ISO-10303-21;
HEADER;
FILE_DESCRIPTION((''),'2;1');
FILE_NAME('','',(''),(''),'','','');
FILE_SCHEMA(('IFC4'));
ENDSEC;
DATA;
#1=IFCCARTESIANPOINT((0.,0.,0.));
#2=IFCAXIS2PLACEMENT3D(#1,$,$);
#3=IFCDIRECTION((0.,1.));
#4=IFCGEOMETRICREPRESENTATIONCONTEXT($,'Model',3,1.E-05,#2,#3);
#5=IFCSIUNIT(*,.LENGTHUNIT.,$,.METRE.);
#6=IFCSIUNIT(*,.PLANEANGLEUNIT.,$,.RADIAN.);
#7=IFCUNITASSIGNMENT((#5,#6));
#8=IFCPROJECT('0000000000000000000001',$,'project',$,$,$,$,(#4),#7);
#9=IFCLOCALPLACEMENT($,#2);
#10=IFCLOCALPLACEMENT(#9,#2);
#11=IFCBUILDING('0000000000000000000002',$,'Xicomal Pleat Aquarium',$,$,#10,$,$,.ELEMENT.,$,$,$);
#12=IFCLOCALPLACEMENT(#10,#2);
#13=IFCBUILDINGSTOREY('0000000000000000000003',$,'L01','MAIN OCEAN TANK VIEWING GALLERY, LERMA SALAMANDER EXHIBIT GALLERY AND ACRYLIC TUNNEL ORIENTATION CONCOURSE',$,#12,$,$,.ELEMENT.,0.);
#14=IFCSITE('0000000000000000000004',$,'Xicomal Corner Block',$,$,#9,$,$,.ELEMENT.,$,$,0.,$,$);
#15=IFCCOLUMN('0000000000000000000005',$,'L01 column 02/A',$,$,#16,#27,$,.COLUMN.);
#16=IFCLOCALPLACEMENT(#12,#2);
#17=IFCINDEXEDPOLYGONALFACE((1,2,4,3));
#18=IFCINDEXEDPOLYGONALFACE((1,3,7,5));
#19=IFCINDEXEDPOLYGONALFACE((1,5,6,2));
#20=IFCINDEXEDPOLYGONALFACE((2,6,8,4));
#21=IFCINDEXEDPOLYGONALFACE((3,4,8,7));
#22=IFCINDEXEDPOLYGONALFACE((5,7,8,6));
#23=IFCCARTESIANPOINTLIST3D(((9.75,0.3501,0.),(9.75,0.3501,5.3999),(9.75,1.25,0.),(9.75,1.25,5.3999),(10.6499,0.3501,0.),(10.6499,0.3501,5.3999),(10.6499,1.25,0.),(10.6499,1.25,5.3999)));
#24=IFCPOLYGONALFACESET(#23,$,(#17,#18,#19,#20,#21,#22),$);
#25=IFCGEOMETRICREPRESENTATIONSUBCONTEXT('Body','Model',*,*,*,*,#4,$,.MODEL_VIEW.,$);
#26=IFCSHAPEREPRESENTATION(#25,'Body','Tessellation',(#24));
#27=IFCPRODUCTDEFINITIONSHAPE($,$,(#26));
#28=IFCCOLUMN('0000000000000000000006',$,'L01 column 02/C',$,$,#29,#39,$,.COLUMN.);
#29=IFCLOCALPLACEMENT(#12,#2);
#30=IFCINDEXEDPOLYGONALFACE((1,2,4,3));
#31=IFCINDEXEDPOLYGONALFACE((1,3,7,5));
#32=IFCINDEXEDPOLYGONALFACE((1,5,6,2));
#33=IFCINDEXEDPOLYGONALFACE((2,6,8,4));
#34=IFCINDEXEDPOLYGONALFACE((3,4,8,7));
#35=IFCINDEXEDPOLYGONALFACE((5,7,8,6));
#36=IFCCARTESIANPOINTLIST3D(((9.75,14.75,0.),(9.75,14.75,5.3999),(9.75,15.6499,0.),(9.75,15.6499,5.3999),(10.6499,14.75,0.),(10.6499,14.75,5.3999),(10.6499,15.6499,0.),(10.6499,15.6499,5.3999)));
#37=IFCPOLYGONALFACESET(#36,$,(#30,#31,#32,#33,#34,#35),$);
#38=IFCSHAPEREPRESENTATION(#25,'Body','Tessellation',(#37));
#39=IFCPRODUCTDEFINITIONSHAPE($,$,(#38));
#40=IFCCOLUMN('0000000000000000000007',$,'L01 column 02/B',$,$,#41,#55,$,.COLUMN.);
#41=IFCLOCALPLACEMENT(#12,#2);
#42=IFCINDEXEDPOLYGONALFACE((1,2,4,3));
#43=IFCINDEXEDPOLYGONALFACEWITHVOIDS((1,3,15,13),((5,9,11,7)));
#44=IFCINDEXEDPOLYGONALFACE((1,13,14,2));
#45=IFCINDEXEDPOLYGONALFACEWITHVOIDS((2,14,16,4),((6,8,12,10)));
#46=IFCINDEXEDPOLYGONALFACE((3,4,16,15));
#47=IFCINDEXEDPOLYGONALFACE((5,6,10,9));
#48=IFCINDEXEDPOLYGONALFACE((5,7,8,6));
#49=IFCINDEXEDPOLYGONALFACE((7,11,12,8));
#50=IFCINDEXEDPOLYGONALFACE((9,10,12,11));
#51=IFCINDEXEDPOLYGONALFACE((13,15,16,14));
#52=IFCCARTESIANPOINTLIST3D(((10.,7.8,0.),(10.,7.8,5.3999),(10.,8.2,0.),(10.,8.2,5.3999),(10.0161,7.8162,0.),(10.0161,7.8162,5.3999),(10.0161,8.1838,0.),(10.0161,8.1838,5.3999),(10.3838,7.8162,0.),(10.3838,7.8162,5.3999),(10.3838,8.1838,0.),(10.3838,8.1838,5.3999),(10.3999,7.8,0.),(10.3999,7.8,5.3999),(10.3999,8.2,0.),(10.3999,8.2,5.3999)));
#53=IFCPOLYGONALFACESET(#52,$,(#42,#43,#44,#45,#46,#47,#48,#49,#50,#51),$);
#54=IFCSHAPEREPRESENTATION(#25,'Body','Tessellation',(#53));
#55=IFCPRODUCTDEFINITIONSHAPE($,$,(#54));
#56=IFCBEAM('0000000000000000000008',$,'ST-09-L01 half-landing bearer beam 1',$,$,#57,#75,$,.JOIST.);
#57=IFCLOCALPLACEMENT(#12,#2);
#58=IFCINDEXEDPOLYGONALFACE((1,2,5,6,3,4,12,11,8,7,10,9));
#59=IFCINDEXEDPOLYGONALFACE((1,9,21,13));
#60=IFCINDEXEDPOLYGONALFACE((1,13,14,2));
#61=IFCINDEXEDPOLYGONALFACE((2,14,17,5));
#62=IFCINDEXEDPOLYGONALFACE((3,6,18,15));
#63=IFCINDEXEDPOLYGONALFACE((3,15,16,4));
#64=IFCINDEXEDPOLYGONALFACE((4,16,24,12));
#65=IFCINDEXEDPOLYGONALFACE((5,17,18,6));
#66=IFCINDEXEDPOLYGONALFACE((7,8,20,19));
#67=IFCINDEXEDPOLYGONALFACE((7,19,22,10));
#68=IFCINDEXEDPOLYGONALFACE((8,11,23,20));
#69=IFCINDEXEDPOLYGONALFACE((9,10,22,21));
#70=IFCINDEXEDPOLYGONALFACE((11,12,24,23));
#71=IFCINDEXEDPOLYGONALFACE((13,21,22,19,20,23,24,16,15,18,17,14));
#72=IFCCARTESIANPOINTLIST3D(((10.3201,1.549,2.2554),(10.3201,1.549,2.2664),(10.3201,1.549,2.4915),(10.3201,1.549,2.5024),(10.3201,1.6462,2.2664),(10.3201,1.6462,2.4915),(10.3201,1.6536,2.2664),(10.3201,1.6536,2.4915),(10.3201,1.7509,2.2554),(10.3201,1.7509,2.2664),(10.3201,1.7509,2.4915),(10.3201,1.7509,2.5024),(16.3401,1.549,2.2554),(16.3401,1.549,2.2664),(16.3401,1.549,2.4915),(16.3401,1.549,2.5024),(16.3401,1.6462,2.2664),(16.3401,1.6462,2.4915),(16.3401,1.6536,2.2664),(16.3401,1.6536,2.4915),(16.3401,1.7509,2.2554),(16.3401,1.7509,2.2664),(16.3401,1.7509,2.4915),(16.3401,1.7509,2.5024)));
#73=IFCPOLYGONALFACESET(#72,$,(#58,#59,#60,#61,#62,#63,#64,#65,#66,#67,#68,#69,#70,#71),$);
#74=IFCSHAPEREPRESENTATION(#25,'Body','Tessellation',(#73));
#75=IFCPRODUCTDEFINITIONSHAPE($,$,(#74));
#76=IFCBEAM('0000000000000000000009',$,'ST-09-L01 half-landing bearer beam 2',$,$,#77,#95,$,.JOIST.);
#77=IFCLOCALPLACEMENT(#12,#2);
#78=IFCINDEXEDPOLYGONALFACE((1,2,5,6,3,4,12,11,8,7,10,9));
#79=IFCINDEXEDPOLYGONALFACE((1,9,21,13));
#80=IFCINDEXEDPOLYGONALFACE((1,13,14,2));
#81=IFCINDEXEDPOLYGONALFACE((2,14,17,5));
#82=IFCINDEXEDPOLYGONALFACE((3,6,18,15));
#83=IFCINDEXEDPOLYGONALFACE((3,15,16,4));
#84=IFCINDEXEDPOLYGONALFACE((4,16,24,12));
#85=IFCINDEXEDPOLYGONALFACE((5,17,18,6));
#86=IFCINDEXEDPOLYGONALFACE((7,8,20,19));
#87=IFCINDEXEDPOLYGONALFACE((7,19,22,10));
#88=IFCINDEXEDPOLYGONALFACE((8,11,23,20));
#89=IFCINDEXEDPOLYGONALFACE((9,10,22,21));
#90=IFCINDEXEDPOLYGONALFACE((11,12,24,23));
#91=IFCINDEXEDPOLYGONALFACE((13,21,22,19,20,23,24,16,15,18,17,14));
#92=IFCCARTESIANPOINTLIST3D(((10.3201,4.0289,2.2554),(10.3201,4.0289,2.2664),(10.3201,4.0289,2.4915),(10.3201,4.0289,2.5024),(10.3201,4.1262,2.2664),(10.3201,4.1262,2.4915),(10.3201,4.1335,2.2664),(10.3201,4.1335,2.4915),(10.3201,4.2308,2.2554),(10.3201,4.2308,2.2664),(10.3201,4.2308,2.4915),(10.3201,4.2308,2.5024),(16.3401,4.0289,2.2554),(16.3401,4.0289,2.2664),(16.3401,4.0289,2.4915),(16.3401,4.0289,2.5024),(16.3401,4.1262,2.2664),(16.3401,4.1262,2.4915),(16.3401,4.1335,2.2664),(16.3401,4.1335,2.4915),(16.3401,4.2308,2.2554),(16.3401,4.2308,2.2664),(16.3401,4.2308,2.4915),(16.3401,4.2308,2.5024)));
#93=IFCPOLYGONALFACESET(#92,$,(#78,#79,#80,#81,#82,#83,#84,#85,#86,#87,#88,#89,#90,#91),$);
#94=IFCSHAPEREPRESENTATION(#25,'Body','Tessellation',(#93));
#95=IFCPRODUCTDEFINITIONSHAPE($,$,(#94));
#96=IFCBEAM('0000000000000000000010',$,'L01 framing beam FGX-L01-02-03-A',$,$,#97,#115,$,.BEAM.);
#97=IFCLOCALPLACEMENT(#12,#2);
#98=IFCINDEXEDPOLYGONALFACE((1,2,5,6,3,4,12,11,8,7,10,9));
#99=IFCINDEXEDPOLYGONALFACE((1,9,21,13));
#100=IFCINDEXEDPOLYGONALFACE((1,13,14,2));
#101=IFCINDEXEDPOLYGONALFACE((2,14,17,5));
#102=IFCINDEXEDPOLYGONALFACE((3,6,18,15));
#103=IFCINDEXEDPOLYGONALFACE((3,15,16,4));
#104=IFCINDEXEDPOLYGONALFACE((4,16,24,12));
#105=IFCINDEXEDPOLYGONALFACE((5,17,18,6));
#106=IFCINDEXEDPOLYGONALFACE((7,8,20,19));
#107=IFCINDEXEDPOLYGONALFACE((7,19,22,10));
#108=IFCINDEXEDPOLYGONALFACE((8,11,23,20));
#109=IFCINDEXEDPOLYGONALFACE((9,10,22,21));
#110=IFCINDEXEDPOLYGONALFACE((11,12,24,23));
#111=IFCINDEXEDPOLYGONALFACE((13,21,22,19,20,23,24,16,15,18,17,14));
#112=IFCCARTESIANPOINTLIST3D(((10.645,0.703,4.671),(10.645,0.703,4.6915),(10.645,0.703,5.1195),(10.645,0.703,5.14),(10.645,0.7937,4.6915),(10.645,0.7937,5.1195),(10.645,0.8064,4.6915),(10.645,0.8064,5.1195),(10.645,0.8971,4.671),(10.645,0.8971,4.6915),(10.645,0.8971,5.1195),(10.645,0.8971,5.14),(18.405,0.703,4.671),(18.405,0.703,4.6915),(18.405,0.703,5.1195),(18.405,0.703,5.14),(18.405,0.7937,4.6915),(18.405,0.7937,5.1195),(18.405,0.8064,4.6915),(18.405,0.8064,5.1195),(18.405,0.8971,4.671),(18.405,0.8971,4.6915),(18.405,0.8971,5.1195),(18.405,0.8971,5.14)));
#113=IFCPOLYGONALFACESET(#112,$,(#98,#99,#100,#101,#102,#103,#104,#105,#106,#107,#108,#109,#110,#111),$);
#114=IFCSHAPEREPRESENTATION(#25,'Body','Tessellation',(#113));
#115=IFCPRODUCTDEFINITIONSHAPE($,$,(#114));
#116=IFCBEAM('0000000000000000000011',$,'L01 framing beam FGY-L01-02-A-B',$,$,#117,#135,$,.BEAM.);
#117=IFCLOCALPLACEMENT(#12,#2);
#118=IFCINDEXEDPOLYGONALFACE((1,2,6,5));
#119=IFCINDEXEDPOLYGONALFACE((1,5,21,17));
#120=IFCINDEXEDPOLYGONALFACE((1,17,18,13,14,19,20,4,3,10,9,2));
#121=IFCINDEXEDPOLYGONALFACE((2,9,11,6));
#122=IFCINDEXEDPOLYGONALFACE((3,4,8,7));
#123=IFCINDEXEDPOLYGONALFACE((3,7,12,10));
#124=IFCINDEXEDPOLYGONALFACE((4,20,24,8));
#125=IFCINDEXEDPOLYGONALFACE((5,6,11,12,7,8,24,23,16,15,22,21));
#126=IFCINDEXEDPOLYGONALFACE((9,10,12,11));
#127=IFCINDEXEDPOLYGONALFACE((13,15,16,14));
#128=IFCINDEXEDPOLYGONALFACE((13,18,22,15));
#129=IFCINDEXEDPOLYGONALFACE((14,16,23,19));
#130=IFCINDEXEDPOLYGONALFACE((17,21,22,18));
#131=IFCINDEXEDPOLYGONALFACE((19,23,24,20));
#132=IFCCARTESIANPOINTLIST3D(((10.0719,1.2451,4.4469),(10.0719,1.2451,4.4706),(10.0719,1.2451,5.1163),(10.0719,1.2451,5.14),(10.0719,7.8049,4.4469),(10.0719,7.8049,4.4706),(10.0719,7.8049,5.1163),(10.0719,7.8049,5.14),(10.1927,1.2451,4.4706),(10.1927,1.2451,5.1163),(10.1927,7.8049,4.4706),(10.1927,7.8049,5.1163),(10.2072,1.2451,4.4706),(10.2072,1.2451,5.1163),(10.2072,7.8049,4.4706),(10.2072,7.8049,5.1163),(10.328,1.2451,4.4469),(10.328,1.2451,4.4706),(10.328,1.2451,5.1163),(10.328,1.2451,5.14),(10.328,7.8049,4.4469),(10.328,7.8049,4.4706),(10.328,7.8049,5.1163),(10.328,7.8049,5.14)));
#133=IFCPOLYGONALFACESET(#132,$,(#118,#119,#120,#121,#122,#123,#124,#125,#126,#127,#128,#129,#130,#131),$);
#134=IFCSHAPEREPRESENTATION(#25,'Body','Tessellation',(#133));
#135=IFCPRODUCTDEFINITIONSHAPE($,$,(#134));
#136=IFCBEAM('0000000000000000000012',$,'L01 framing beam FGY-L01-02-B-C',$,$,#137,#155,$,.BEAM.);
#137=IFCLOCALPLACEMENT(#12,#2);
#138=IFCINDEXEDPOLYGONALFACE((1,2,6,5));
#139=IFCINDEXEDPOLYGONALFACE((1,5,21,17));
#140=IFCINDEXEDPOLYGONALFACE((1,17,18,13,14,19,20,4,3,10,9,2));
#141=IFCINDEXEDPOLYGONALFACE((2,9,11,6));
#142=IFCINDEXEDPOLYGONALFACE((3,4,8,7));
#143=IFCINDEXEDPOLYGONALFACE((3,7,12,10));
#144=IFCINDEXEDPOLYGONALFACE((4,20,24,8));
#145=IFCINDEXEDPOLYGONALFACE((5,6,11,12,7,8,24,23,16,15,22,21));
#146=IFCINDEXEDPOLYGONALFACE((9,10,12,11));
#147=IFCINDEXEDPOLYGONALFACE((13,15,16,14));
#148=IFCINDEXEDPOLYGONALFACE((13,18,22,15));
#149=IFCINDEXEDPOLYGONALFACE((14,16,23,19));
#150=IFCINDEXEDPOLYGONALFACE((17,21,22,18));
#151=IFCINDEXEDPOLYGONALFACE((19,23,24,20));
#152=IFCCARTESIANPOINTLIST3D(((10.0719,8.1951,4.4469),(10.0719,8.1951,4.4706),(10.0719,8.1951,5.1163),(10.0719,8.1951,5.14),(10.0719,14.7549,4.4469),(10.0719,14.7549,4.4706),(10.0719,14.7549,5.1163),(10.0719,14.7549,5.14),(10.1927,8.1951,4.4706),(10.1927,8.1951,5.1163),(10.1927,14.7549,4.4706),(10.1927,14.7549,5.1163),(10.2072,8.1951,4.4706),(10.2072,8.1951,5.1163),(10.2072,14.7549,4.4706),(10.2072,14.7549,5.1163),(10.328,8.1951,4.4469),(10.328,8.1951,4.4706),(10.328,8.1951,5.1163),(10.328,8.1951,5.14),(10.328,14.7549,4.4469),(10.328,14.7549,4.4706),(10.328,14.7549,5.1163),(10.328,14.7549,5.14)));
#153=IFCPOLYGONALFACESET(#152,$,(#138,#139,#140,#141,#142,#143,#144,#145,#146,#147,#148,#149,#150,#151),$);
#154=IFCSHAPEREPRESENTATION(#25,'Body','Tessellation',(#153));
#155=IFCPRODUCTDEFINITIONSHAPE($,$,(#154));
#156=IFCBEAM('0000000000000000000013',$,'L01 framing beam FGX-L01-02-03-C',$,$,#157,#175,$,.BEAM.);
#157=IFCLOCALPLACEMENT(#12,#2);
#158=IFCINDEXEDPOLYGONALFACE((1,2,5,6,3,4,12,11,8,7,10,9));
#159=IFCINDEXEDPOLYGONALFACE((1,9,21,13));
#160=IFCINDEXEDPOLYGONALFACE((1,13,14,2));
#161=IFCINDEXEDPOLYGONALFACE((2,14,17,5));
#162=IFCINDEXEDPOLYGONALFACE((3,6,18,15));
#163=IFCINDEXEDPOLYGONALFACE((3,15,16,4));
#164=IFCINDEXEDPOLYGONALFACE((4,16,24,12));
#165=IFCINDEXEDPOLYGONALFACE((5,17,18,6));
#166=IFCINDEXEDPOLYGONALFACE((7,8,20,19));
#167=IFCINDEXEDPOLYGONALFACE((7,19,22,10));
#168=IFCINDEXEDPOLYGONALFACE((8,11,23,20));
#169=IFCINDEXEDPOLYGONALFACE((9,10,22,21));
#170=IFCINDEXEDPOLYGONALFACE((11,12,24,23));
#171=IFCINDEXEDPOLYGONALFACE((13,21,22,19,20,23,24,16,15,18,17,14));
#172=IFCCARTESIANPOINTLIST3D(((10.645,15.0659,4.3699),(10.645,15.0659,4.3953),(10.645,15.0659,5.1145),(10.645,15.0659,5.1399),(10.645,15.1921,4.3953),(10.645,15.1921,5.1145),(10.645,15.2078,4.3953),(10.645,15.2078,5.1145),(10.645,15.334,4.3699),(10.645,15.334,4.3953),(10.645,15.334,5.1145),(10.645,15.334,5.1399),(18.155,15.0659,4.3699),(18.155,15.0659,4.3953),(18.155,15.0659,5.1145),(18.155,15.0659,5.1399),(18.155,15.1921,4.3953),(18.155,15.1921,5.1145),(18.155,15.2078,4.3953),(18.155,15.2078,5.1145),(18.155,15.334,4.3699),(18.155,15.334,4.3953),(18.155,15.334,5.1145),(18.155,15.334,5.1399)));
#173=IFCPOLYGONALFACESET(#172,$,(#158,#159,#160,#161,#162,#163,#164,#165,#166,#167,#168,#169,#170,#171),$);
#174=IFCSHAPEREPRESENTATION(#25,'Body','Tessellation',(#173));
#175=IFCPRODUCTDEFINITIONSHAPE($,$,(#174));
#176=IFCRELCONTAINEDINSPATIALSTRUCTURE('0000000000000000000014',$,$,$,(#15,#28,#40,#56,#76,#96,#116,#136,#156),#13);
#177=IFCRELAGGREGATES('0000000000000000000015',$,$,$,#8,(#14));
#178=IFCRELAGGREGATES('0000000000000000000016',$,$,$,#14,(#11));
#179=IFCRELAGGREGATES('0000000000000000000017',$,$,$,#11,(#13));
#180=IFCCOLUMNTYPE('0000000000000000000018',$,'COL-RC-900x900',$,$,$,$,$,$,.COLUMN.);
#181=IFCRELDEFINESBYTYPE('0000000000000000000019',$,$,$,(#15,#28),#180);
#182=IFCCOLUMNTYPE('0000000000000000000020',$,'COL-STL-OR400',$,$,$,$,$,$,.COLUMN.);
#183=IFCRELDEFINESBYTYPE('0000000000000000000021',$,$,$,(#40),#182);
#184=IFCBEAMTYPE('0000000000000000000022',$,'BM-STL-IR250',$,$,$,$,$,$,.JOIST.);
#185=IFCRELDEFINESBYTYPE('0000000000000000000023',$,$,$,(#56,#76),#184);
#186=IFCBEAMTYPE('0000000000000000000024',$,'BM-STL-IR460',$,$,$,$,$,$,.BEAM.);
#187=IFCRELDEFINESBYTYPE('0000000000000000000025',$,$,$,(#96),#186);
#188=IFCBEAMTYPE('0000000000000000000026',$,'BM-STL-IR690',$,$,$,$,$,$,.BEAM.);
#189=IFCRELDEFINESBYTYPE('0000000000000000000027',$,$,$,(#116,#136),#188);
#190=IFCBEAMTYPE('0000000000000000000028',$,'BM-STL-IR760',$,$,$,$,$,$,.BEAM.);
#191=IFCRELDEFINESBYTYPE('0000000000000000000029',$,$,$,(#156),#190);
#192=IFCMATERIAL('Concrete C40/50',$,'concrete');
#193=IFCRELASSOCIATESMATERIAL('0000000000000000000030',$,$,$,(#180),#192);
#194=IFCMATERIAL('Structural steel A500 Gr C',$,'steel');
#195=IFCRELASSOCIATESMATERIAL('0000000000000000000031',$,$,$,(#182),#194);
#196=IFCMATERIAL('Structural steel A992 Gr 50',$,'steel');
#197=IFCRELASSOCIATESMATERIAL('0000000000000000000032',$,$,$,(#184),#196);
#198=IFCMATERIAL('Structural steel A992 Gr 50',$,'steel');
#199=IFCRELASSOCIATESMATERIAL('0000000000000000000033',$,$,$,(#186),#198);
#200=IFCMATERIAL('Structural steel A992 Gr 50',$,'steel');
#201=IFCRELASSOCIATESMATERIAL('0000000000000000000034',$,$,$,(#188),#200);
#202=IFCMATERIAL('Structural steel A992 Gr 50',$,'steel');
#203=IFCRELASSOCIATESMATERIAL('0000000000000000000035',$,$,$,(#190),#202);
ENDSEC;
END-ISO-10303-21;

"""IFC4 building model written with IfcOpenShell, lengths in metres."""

from ifc_helpers import new_model, si_unit, direction, frame, origin, origin_2d, place, context, subcontext, project, spatial, rectangle, hollow_rectangle, i_section, extrude, material, material_profile, profile_set, type_object, element, save


model = new_model("IFC4")

# Units and contexts
model_context = context("Model", 3, precision=1e-05, world=origin(), true_north=direction((0.0, 1.0)))
body_context = subcontext(model_context, "Body", "Model", "MODEL_VIEW")
ifc_project = project(units=[si_unit("LENGTHUNIT", "METRE"), si_unit("PLANEANGLEUNIT", "RADIAN")], contexts=[model_context])

# Site, building, storey
site_placement = place(None, origin())
site = spatial("IfcSite", under=ifc_project, at=site_placement, Name="Xicomal Corner Block", CompositionType="ELEMENT", RefElevation=0.0)
building_placement = place(site_placement, origin())
building = spatial("IfcBuilding", under=site, at=building_placement, Name="Xicomal Pleat Aquarium", CompositionType="ELEMENT")
storey_placement = place(building_placement, origin())
storey = spatial("IfcBuildingStorey", under=building, at=storey_placement, Name="L01", Description="MAIN OCEAN TANK VIEWING GALLERY, LERMA SALAMANDER EXHIBIT GALLERY AND ACRYLIC TUNNEL ORIENTATION CONCOURSE", CompositionType="ELEMENT", Elevation=0.0)

# Columns
ifc_material_1 = material(Name="Concrete C40/50", Category="concrete")
ifc_material_profile_1 = material_profile(ifc_material_1, rectangle(XDim=0.8999, YDim=0.8999, at=origin_2d()), Name="RC 900x900")
ifc_profile_set_1 = profile_set([ifc_material_profile_1], Name="Concrete C40/50")
column_type_1 = type_object("IfcColumnType", Name="COL-RC-900x900", PredefinedType="COLUMN", material=ifc_profile_set_1)
for number, where, z_axis, x_axis, name in (
    (1, (10.2, 0.8, 0.0), (0.0, 0.0, 1.0), (1.0, 0.0, 0.0), "L01 column 02/A"),
    (2, (10.2, 15.2, 0.0), (0.0, 0.0, 1.0), (1.0, 0.0, 0.0), "L01 column 02/C"),
):
    element("IfcColumn", number, at=place(storey_placement, frame(where, z_axis=z_axis, x_axis=x_axis)), inside=storey, type_object=column_type_1, Name=name, PredefinedType="COLUMN", context=body_context, shape_type="SweptSolid", body=[
        extrude(rectangle(XDim=0.8999, YDim=0.8999, at=origin_2d()), origin(), (0.0, 0.0, 1.0), 5.3999),
    ])
ifc_material_2 = material(Name="Structural steel A500 Gr C", Category="steel")
ifc_material_profile_2 = material_profile(ifc_material_2, hollow_rectangle(XDim=0.3999, YDim=0.3999, WallThickness=0.0161, at=origin_2d()), Name="OR 400x400x16")
ifc_profile_set_2 = profile_set([ifc_material_profile_2], Name="Structural steel A500 Gr C")
column_type_2 = type_object("IfcColumnType", Name="COL-STL-OR400", PredefinedType="COLUMN", material=ifc_profile_set_2)
column_placement = place(storey_placement, frame((10.2, 8.0, 0.0), z_axis=(0.0, 0.0, 1.0), x_axis=(1.0, 0.0, 0.0)))
element("IfcColumn", 3, at=column_placement, inside=storey, type_object=column_type_2, Name="L01 column 02/B", PredefinedType="COLUMN", context=body_context, shape_type="SweptSolid", body=[
    extrude(hollow_rectangle(XDim=0.3999, YDim=0.3999, WallThickness=0.0161, at=origin_2d()), origin(), (0.0, 0.0, 1.0), 5.3999),
])

# Beams
ifc_material_3 = material(Name="Structural steel A992 Gr 50", Category="steel")
ifc_material_profile_3 = material_profile(ifc_material_3, i_section(OverallWidth=0.2019, OverallDepth=0.2471, WebThickness=0.0073, FlangeThickness=0.011, at=origin_2d()), Name="IR 250x49")
ifc_profile_set_3 = profile_set([ifc_material_profile_3], Name="Structural steel A992 Gr 50")
beam_type_1 = type_object("IfcBeamType", Name="BM-STL-IR250", PredefinedType="JOIST", material=ifc_profile_set_3)
for number, where, z_axis, x_axis, name in (
    (4, (10.3201, 1.6499, 2.3789), (1.0, 0.0, 0.0), (0.0, 1.0, 0.0), "ST-09-L01 half-landing bearer beam 1"),
    (5, (10.3201, 4.1299, 2.3789), (1.0, 0.0, 0.0), (0.0, 1.0, 0.0), "ST-09-L01 half-landing bearer beam 2"),
):
    element("IfcBeam", number, at=place(storey_placement, frame(where, z_axis=z_axis, x_axis=x_axis)), inside=storey, type_object=beam_type_1, Name=name, PredefinedType="JOIST", context=body_context, shape_type="SweptSolid", body=[
        extrude(i_section(OverallWidth=0.2019, OverallDepth=0.2471, WebThickness=0.0073, FlangeThickness=0.011, at=origin_2d()), origin(), (0.0, 0.0, 1.0), 6.02),
    ])
ifc_material_4 = material(Name="Structural steel A992 Gr 50", Category="steel")
ifc_material_profile_4 = material_profile(ifc_material_4, i_section(OverallWidth=0.1941, OverallDepth=0.469, WebThickness=0.0127, FlangeThickness=0.0205, at=origin_2d()), Name="IR 460x106")
ifc_profile_set_4 = profile_set([ifc_material_profile_4], Name="Structural steel A992 Gr 50")
beam_type_2 = type_object("IfcBeamType", Name="BM-STL-IR460", PredefinedType="BEAM", material=ifc_profile_set_4)
beam_1_placement = place(storey_placement, frame((10.645, 0.8, 4.9055), z_axis=(1.0, 0.0, 0.0), x_axis=(0.0, 1.0, 0.0)))
element("IfcBeam", 6, at=beam_1_placement, inside=storey, type_object=beam_type_2, Name="L01 framing beam FGX-L01-02-03-A", PredefinedType="BEAM", context=body_context, shape_type="SweptSolid", body=[
    extrude(i_section(OverallWidth=0.1941, OverallDepth=0.469, WebThickness=0.0127, FlangeThickness=0.0205, at=origin_2d()), origin(), (0.0, 0.0, 1.0), 7.76),
])
ifc_material_5 = material(Name="Structural steel A992 Gr 50", Category="steel")
ifc_material_profile_5 = material_profile(ifc_material_5, i_section(OverallWidth=0.2561, OverallDepth=0.6931, WebThickness=0.0144, FlangeThickness=0.0237, at=origin_2d()), Name="IR 690x170")
ifc_profile_set_5 = profile_set([ifc_material_profile_5], Name="Structural steel A992 Gr 50")
beam_type_3 = type_object("IfcBeamType", Name="BM-STL-IR690", PredefinedType="BEAM", material=ifc_profile_set_5)
for number, where, z_axis, x_axis, name in (
    (7, (10.2, 1.2451, 4.7935), (0.0, 1.0, 0.0), (-1.0, 0.0, 0.0), "L01 framing beam FGY-L01-02-A-B"),
    (8, (10.2, 8.1951, 4.7935), (0.0, 1.0, 0.0), (-1.0, 0.0, 0.0), "L01 framing beam FGY-L01-02-B-C"),
):
    element("IfcBeam", number, at=place(storey_placement, frame(where, z_axis=z_axis, x_axis=x_axis)), inside=storey, type_object=beam_type_3, Name=name, PredefinedType="BEAM", context=body_context, shape_type="SweptSolid", body=[
        extrude(i_section(OverallWidth=0.2561, OverallDepth=0.6931, WebThickness=0.0144, FlangeThickness=0.0237, at=origin_2d()), origin(), (0.0, 0.0, 1.0), 6.5598),
    ])
ifc_material_6 = material(Name="Structural steel A992 Gr 50", Category="steel")
ifc_material_profile_6 = material_profile(ifc_material_6, i_section(OverallWidth=0.2681, OverallDepth=0.77, WebThickness=0.0156, FlangeThickness=0.0254, at=origin_2d()), Name="IR 760x196")
ifc_profile_set_6 = profile_set([ifc_material_profile_6], Name="Structural steel A992 Gr 50")
beam_type_4 = type_object("IfcBeamType", Name="BM-STL-IR760", PredefinedType="BEAM", material=ifc_profile_set_6)
beam_2_placement = place(storey_placement, frame((10.645, 15.2, 4.7549), z_axis=(1.0, 0.0, 0.0), x_axis=(0.0, 1.0, 0.0)))
element("IfcBeam", 9, at=beam_2_placement, inside=storey, type_object=beam_type_4, Name="L01 framing beam FGX-L01-02-03-C", PredefinedType="BEAM", context=body_context, shape_type="SweptSolid", body=[
    extrude(i_section(OverallWidth=0.2681, OverallDepth=0.77, WebThickness=0.0156, FlangeThickness=0.0254, at=origin_2d()), origin(), (0.0, 0.0, 1.0), 7.51),
])

save(model, "model.ifc")
